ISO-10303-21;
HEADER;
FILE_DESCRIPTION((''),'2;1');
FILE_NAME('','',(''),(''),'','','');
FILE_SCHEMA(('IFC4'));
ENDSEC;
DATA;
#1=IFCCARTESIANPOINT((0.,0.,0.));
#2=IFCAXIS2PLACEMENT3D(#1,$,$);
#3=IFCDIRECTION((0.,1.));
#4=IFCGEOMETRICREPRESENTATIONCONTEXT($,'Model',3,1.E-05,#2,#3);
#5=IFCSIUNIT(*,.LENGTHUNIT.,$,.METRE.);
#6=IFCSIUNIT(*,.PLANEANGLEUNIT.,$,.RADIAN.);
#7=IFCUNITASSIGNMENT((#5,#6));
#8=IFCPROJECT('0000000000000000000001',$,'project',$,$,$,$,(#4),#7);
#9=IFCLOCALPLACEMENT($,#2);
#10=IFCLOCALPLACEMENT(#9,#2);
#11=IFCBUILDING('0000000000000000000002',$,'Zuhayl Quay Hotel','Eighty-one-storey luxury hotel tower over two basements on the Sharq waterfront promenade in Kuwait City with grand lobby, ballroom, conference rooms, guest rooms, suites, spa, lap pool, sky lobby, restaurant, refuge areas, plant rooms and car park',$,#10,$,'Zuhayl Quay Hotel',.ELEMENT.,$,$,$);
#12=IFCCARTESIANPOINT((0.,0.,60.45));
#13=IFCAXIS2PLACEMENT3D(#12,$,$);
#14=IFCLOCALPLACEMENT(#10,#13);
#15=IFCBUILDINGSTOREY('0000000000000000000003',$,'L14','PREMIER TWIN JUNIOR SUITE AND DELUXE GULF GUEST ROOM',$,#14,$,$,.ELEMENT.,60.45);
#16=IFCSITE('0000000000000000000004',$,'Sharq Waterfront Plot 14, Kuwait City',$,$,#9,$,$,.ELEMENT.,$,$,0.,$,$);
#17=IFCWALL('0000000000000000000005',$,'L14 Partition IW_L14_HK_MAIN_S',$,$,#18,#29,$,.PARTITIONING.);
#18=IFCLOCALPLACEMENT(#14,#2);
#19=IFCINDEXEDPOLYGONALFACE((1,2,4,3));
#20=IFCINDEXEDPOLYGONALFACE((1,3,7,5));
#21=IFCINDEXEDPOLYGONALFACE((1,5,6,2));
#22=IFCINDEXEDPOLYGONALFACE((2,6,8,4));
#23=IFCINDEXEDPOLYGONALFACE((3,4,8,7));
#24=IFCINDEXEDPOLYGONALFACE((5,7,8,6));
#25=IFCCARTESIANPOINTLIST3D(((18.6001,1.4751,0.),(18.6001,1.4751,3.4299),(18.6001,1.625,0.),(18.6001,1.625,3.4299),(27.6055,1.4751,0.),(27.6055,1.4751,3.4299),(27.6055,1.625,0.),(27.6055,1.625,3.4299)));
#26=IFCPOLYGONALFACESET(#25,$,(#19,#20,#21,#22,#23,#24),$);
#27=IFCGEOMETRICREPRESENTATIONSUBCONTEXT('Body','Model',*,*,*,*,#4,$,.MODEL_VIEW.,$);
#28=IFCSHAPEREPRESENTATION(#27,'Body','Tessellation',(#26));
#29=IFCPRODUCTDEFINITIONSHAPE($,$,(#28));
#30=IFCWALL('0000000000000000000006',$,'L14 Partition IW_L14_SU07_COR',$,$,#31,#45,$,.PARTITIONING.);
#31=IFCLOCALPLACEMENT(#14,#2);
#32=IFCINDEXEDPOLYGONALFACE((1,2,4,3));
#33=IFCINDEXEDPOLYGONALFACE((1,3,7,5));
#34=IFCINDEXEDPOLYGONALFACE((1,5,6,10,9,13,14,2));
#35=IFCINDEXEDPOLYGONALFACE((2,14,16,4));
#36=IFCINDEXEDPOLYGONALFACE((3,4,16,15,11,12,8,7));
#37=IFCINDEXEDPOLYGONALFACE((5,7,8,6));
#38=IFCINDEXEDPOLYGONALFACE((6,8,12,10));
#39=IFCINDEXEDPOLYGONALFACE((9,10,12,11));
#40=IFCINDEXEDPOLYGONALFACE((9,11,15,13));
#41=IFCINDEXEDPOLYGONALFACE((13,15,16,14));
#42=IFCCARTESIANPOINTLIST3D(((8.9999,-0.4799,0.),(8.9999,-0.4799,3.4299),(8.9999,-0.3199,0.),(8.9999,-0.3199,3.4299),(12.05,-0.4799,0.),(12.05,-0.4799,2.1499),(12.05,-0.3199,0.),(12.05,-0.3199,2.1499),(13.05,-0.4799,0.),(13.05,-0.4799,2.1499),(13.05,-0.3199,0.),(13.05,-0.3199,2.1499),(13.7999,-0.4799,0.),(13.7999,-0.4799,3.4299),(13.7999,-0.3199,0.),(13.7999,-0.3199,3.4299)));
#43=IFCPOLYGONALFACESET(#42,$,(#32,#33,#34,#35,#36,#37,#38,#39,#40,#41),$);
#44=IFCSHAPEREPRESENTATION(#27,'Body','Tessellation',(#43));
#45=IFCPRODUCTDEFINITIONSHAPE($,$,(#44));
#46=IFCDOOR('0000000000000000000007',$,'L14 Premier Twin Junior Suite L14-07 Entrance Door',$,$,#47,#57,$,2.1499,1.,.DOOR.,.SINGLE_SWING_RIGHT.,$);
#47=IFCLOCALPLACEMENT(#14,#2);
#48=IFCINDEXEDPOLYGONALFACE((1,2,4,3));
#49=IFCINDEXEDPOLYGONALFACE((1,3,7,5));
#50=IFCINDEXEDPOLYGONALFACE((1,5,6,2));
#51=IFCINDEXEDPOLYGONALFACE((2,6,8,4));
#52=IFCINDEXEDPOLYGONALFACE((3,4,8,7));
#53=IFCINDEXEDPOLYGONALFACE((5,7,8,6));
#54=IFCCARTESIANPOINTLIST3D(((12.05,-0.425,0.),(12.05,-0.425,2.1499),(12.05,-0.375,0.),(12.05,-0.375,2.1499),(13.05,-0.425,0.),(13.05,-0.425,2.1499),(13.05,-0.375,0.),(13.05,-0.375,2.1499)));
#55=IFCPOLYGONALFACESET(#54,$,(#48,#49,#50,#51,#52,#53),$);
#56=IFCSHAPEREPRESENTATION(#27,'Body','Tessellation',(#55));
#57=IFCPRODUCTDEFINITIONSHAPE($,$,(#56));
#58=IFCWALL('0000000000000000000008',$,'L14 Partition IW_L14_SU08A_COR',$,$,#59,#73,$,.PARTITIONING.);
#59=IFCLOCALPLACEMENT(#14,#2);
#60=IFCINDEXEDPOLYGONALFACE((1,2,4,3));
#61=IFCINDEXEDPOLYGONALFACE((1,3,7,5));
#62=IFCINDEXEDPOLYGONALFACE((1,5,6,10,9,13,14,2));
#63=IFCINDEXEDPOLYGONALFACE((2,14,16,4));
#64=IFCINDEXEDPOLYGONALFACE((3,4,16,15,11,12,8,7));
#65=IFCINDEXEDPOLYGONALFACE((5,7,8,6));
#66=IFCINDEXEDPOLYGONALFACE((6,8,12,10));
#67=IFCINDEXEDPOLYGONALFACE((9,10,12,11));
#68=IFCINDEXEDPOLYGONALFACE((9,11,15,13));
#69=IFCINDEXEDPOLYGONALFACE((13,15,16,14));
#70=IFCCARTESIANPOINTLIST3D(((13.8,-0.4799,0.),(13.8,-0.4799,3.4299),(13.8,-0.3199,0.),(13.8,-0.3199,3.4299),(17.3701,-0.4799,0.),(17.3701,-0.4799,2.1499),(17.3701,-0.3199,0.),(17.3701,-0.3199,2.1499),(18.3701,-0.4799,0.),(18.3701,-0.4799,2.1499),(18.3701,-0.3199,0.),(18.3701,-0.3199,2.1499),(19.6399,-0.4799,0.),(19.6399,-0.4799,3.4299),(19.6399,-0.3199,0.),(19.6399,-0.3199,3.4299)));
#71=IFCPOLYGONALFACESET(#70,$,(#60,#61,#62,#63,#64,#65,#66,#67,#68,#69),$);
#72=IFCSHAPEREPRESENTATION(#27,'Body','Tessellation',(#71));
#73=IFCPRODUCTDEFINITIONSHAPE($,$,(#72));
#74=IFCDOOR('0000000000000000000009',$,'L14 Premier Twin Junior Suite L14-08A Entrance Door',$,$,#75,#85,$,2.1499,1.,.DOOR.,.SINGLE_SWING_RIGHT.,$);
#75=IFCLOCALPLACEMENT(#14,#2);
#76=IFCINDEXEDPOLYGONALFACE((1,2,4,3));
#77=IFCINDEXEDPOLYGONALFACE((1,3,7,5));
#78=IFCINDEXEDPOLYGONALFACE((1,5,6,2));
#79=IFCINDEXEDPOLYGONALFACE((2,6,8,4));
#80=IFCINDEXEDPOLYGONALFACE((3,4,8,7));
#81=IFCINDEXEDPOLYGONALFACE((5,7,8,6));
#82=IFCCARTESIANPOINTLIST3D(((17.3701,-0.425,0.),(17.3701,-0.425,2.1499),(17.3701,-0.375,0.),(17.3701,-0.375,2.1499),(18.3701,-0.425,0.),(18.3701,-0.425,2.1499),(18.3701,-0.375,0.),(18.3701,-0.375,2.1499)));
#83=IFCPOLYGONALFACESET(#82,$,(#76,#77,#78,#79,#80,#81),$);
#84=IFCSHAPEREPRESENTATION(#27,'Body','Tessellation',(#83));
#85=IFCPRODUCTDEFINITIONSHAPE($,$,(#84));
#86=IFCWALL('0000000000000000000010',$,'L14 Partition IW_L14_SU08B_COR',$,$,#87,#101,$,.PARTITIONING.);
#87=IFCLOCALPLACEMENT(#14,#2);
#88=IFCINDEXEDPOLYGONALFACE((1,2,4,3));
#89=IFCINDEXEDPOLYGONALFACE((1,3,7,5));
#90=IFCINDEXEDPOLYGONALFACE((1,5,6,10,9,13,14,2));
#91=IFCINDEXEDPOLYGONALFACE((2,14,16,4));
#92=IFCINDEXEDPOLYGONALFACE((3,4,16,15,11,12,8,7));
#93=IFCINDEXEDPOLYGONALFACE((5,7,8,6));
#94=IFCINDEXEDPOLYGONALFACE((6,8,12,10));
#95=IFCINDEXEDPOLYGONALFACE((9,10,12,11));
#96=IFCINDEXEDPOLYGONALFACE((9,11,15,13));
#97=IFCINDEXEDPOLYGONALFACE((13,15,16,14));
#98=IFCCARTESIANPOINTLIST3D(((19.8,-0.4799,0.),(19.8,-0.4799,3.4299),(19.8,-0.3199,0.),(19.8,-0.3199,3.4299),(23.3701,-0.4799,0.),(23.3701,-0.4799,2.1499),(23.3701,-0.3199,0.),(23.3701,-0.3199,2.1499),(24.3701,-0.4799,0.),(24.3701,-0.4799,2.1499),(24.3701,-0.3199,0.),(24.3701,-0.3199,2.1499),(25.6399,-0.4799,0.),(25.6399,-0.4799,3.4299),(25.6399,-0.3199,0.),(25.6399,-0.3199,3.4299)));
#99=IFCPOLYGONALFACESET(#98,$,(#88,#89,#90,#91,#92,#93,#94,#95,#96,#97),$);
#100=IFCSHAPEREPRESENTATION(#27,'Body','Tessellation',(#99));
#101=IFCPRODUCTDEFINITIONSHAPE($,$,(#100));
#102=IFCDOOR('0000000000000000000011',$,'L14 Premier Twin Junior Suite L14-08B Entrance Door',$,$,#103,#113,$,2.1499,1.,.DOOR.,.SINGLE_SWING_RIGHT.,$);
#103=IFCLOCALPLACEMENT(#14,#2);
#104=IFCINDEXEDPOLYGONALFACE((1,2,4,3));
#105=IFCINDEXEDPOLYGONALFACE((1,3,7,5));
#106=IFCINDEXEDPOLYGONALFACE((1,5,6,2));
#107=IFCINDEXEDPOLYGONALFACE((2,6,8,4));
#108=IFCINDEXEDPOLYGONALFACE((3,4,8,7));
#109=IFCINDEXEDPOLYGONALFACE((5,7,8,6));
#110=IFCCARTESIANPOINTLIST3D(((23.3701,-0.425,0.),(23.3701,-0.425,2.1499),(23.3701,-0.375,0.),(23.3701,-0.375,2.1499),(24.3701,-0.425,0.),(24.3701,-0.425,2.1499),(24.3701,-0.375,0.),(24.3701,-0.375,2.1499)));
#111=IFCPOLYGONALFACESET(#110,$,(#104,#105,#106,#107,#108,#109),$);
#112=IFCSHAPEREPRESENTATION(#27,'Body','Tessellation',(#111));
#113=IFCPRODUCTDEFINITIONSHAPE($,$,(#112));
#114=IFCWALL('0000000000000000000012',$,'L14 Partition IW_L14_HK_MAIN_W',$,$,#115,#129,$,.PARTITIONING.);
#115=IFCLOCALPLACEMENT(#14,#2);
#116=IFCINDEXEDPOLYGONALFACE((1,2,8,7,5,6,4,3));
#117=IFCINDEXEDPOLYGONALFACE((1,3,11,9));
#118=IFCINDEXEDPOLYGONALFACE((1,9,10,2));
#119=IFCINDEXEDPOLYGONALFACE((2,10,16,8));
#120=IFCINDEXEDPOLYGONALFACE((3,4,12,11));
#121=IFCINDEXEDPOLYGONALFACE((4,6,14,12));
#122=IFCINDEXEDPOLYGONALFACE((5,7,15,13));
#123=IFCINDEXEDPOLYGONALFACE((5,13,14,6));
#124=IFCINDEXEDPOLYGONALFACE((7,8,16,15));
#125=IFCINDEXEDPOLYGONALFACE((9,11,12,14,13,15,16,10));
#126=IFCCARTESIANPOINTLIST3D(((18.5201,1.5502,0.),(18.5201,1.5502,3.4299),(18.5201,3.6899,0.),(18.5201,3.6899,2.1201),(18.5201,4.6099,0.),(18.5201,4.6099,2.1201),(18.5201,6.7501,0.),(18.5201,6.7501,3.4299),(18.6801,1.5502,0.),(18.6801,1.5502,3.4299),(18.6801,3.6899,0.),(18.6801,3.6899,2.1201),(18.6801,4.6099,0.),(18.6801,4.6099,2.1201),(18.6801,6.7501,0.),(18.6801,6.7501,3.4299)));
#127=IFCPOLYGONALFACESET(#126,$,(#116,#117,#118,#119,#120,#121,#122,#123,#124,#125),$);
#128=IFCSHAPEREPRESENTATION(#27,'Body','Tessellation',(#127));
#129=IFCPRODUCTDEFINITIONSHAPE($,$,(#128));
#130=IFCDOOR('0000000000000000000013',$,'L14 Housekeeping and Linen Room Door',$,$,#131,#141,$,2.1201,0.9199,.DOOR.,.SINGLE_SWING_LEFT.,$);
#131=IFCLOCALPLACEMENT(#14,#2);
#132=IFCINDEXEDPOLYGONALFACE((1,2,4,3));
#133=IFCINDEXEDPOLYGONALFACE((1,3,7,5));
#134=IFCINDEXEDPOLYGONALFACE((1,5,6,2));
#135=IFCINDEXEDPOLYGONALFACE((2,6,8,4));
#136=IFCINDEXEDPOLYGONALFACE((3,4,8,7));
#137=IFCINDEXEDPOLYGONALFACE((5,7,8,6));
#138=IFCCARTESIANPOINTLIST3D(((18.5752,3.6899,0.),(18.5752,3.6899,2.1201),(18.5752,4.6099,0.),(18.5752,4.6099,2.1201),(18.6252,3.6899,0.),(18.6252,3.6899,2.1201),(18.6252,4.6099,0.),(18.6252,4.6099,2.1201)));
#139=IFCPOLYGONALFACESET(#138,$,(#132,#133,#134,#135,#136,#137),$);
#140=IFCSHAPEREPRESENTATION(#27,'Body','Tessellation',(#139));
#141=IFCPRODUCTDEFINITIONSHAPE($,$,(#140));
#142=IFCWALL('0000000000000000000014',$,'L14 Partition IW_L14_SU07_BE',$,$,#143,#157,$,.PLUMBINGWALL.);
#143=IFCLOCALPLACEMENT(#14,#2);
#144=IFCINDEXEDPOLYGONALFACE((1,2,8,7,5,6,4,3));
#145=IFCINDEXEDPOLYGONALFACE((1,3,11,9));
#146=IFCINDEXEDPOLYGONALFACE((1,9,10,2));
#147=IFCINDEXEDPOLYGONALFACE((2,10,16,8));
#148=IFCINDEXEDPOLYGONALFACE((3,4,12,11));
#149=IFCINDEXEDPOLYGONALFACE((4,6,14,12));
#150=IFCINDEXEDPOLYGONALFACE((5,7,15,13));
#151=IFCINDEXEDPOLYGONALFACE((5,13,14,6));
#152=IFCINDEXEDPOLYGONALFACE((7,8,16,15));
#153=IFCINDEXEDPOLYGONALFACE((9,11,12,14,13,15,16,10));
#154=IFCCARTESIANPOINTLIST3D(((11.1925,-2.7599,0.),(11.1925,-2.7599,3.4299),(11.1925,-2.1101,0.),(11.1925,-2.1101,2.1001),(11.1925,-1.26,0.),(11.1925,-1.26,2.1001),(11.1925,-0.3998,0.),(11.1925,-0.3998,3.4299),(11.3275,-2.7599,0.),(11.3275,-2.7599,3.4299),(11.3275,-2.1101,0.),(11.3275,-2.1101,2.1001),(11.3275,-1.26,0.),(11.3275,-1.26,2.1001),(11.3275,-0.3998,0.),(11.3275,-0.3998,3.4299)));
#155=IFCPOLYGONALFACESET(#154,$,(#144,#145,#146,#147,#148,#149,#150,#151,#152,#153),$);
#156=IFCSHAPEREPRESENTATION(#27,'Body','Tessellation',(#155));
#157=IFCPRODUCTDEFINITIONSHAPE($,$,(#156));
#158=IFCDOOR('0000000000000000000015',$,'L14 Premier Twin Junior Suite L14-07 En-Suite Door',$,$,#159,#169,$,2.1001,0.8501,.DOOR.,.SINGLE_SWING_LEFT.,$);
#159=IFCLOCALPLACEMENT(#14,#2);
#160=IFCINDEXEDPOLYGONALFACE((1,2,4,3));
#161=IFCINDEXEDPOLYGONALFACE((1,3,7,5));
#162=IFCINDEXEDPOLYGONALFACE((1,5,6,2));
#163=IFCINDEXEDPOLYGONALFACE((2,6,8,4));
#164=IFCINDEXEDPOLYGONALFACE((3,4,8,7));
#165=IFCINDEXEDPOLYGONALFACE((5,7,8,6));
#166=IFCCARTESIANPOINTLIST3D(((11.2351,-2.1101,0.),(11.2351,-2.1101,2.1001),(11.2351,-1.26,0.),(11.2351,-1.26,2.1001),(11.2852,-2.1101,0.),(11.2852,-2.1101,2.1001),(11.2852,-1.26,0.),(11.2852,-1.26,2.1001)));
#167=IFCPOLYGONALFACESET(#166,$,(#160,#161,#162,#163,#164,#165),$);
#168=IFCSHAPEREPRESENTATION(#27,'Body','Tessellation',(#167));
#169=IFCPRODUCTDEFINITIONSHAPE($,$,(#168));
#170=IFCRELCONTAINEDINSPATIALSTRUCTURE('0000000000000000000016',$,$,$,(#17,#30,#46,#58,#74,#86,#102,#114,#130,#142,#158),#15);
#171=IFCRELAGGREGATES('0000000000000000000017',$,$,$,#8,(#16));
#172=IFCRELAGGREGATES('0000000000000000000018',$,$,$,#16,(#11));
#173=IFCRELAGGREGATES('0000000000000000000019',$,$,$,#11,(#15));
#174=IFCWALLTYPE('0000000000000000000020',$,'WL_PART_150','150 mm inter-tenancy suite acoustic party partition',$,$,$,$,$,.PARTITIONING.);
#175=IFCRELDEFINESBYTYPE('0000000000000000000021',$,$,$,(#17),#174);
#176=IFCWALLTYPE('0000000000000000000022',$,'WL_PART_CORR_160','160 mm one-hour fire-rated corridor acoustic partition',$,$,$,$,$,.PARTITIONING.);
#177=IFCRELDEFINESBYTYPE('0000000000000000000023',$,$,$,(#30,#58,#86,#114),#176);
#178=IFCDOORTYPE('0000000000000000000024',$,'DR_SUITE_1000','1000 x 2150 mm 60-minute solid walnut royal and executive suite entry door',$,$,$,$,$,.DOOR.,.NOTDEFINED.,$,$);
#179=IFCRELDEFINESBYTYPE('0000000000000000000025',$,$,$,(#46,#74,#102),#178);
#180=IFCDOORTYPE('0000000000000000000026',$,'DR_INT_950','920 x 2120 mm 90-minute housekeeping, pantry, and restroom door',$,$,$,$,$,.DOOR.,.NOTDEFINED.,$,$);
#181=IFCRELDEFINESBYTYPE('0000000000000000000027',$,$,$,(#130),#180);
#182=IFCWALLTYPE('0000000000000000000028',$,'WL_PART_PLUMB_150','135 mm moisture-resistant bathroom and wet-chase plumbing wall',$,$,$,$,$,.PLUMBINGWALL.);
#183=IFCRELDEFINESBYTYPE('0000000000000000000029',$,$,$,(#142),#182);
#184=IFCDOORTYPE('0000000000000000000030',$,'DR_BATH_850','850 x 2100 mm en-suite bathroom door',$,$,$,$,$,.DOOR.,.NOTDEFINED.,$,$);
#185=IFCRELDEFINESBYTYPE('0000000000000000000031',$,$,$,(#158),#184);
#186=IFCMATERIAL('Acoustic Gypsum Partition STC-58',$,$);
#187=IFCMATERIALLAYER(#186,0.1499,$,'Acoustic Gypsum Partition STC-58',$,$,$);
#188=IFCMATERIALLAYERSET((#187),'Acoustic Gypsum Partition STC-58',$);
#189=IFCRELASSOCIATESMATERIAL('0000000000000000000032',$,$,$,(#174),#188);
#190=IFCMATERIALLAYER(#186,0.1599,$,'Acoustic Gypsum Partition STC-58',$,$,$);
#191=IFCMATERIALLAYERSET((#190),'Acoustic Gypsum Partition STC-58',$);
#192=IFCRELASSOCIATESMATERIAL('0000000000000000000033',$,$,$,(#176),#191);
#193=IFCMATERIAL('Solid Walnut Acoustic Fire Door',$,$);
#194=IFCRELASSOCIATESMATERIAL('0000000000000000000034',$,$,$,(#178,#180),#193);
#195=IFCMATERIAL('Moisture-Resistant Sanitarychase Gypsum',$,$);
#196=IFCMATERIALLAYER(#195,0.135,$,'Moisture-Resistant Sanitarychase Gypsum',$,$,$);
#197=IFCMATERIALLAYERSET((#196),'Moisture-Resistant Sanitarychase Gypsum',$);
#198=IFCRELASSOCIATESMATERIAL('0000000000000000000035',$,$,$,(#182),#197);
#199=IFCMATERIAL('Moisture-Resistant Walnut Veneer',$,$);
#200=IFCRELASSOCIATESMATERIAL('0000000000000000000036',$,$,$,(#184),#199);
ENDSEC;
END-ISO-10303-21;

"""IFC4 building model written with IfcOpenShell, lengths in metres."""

from ifc_helpers import new_model, si_unit, direction, frame, frame_2d, origin, place, context, subcontext, project, spatial, rectangle, extrude, material, layer, layer_set, type_object, element, fill, save


model = new_model("IFC4")

# Units and contexts
model_context = context("Model", 3, precision=1e-05, world=origin(), true_north=direction((0.0, 1.0)))
body_context = subcontext(model_context, "Body", "Model", "MODEL_VIEW")
ifc_project = project(units=[si_unit("LENGTHUNIT", "METRE"), si_unit("PLANEANGLEUNIT", "RADIAN")], contexts=[model_context])

# Site, building, storey
site_placement = place(None, origin())
site = spatial("IfcSite", under=ifc_project, at=site_placement, Name="Sharq Waterfront Plot 14, Kuwait City", CompositionType="ELEMENT", RefElevation=0.0)
building_placement = place(site_placement, origin())
building = spatial("IfcBuilding", under=site, at=building_placement, Name="Zuhayl Quay Hotel", Description="Eighty-one-storey luxury hotel tower over two basements on the Sharq waterfront promenade in Kuwait City with grand lobby, ballroom, conference rooms, guest rooms, suites, spa, lap pool, sky lobby, restaurant, refuge areas, plant rooms and car park", LongName="Zuhayl Quay Hotel", CompositionType="ELEMENT")
storey_placement = place(building_placement, frame((0.0, 0.0, 60.45)))
storey = spatial("IfcBuildingStorey", under=building, at=storey_placement, Name="L14", Description="PREMIER TWIN JUNIOR SUITE AND DELUXE GULF GUEST ROOM", CompositionType="ELEMENT", Elevation=60.45)

# Wall
ifc_material_1 = material(Name="Acoustic Gypsum Partition STC-58")
ifc_layer_1 = layer(ifc_material_1, 0.1499, Name="Acoustic Gypsum Partition STC-58")
ifc_layer_set_1 = layer_set([ifc_layer_1], Name="Acoustic Gypsum Partition STC-58")
wall_type_1 = type_object("IfcWallType", Name="WL_PART_150", Description="150 mm inter-tenancy suite acoustic party partition", PredefinedType="PARTITIONING", material=ifc_layer_set_1)
wall_1_placement = place(storey_placement, frame((18.6001, 1.55, 0.0), z_axis=(0.0, 0.0, 1.0), x_axis=(1.0, 0.0, 0.0)))
element("IfcWall", 1, at=wall_1_placement, inside=storey, type_object=wall_type_1, Name="L14 Partition IW_L14_HK_MAIN_S", PredefinedType="PARTITIONING", context=body_context, shape_type="SweptSolid", body=[
    extrude(rectangle(XDim=9.0054, YDim=0.1499, at=frame_2d((4.5027, 0.0))), origin(), (0.0, 0.0, 1.0), 3.4299),
])

# Walls, openings, doors
ifc_layer_2 = layer(ifc_material_1, 0.1599, Name="Acoustic Gypsum Partition STC-58")
ifc_layer_set_2 = layer_set([ifc_layer_2], Name="Acoustic Gypsum Partition STC-58")
wall_type_2 = type_object("IfcWallType", Name="WL_PART_CORR_160", Description="160 mm one-hour fire-rated corridor acoustic partition", PredefinedType="PARTITIONING", material=ifc_layer_set_2)
wall_2_placement = place(storey_placement, frame((9.0, -0.3999, 0.0), z_axis=(0.0, 0.0, 1.0), x_axis=(1.0, 0.0, 0.0)))
wall_2 = element("IfcWall", 2, at=wall_2_placement, inside=storey, type_object=wall_type_2, Name="L14 Partition IW_L14_SU07_COR", PredefinedType="PARTITIONING", context=body_context, shape_type="SweptSolid", body=[
    extrude(rectangle(XDim=4.8, YDim=0.1599, at=frame_2d((2.3999, 0.0))), origin(), (0.0, 0.0, 1.0), 3.4299),
])
opening_1_placement = place(wall_2_placement, frame((3.05, 0.0, 0.0)))
opening_1 = element("IfcOpeningElement", 3, at=opening_1_placement, cuts=wall_2, PredefinedType="OPENING", context=body_context, shape_type="SweptSolid", body=[
    extrude(rectangle(XDim=1.0, YDim=2.1499, at=frame_2d((0.5, 1.075))), frame((0.0, 0.0898, 0.0), z_axis=(0.0, -1.0, 0.0), x_axis=(1.0, 0.0, 0.0)), (0.0, 0.0, 1.0), 0.1799),
])
ifc_material_2 = material(Name="Solid Walnut Acoustic Fire Door")
door_type_1 = type_object("IfcDoorType", Name="DR_SUITE_1000", Description="1000 x 2150 mm 60-minute solid walnut royal and executive suite entry door", OperationType="NOTDEFINED", PredefinedType="DOOR", material=ifc_material_2)
door_1_placement = place(opening_1_placement, origin())
door_1 = element("IfcDoor", 4, at=door_1_placement, inside=storey, type_object=door_type_1, Name="L14 Premier Twin Junior Suite L14-07 Entrance Door", OperationType="SINGLE_SWING_RIGHT", OverallHeight=2.1499, OverallWidth=1.0, PredefinedType="DOOR", context=body_context, shape_type="SweptSolid", body=[
    extrude(rectangle(XDim=1.0, YDim=2.1499, at=frame_2d((0.5, 1.075))), frame((0.0, 0.0249, 0.0), z_axis=(0.0, -1.0, 0.0), x_axis=(1.0, 0.0, 0.0)), (0.0, 0.0, 1.0), 0.05),
])
fill(opening_1, door_1)
wall_3_placement = place(storey_placement, frame((13.8, -0.3999, 0.0), z_axis=(0.0, 0.0, 1.0), x_axis=(1.0, 0.0, 0.0)))
wall_3 = element("IfcWall", 5, at=wall_3_placement, inside=storey, type_object=wall_type_2, Name="L14 Partition IW_L14_SU08A_COR", PredefinedType="PARTITIONING", context=body_context, shape_type="SweptSolid", body=[
    extrude(rectangle(XDim=5.8398, YDim=0.1599, at=frame_2d((2.9199, 0.0))), origin(), (0.0, 0.0, 1.0), 3.4299),
])
opening_2_placement = place(wall_3_placement, frame((3.5701, 0.0, 0.0)))
opening_2 = element("IfcOpeningElement", 6, at=opening_2_placement, cuts=wall_3, PredefinedType="OPENING", context=body_context, shape_type="SweptSolid", body=[
    extrude(rectangle(XDim=1.0, YDim=2.1499, at=frame_2d((0.5, 1.075))), frame((0.0, 0.0898, 0.0), z_axis=(0.0, -1.0, 0.0), x_axis=(1.0, 0.0, 0.0)), (0.0, 0.0, 1.0), 0.1799),
])
door_2_placement = place(opening_2_placement, origin())
door_2 = element("IfcDoor", 7, at=door_2_placement, inside=storey, type_object=door_type_1, Name="L14 Premier Twin Junior Suite L14-08A Entrance Door", OperationType="SINGLE_SWING_RIGHT", OverallHeight=2.1499, OverallWidth=1.0, PredefinedType="DOOR", context=body_context, shape_type="SweptSolid", body=[
    extrude(rectangle(XDim=1.0, YDim=2.1499, at=frame_2d((0.5, 1.075))), frame((0.0, 0.0249, 0.0), z_axis=(0.0, -1.0, 0.0), x_axis=(1.0, 0.0, 0.0)), (0.0, 0.0, 1.0), 0.05),
])
fill(opening_2, door_2)
wall_4_placement = place(storey_placement, frame((19.8, -0.3999, 0.0), z_axis=(0.0, 0.0, 1.0), x_axis=(1.0, 0.0, 0.0)))
wall_4 = element("IfcWall", 8, at=wall_4_placement, inside=storey, type_object=wall_type_2, Name="L14 Partition IW_L14_SU08B_COR", PredefinedType="PARTITIONING", context=body_context, shape_type="SweptSolid", body=[
    extrude(rectangle(XDim=5.8398, YDim=0.1599, at=frame_2d((2.9199, 0.0))), origin(), (0.0, 0.0, 1.0), 3.4299),
])
opening_3_placement = place(wall_4_placement, frame((3.5701, 0.0, 0.0)))
opening_3 = element("IfcOpeningElement", 9, at=opening_3_placement, cuts=wall_4, PredefinedType="OPENING", context=body_context, shape_type="SweptSolid", body=[
    extrude(rectangle(XDim=1.0, YDim=2.1499, at=frame_2d((0.5, 1.075))), frame((0.0, 0.0898, 0.0), z_axis=(0.0, -1.0, 0.0), x_axis=(1.0, 0.0, 0.0)), (0.0, 0.0, 1.0), 0.1799),
])
door_3_placement = place(opening_3_placement, origin())
door_3 = element("IfcDoor", 10, at=door_3_placement, inside=storey, type_object=door_type_1, Name="L14 Premier Twin Junior Suite L14-08B Entrance Door", OperationType="SINGLE_SWING_RIGHT", OverallHeight=2.1499, OverallWidth=1.0, PredefinedType="DOOR", context=body_context, shape_type="SweptSolid", body=[
    extrude(rectangle(XDim=1.0, YDim=2.1499, at=frame_2d((0.5, 1.075))), frame((0.0, 0.0249, 0.0), z_axis=(0.0, -1.0, 0.0), x_axis=(1.0, 0.0, 0.0)), (0.0, 0.0, 1.0), 0.05),
])
fill(opening_3, door_3)
wall_5_placement = place(storey_placement, frame((18.6001, 1.55, 0.0), z_axis=(0.0, 0.0, 1.0), x_axis=(0.0, 1.0, 0.0)))
wall_5 = element("IfcWall", 11, at=wall_5_placement, inside=storey, type_object=wall_type_2, Name="L14 Partition IW_L14_HK_MAIN_W", PredefinedType="PARTITIONING", context=body_context, shape_type="SweptSolid", body=[
    extrude(rectangle(XDim=5.2, YDim=0.1599, at=frame_2d((2.6001, 0.0))), origin(), (0.0, 0.0, 1.0), 3.4299),
])
opening_4_placement = place(wall_5_placement, frame((2.1399, 0.0, 0.0)))
opening_4 = element("IfcOpeningElement", 12, at=opening_4_placement, cuts=wall_5, PredefinedType="OPENING", context=body_context, shape_type="SweptSolid", body=[
    extrude(rectangle(XDim=0.9199, YDim=2.1201, at=frame_2d((0.46, 1.0601))), frame((0.0, 0.0898, 0.0), z_axis=(0.0, -1.0, 0.0), x_axis=(1.0, 0.0, 0.0)), (0.0, 0.0, 1.0), 0.1799),
])
door_type_2 = type_object("IfcDoorType", Name="DR_INT_950", Description="920 x 2120 mm 90-minute housekeeping, pantry, and restroom door", OperationType="NOTDEFINED", PredefinedType="DOOR", material=ifc_material_2)
door_4_placement = place(opening_4_placement, origin())
door_4 = element("IfcDoor", 13, at=door_4_placement, inside=storey, type_object=door_type_2, Name="L14 Housekeeping and Linen Room Door", OperationType="SINGLE_SWING_LEFT", OverallHeight=2.1201, OverallWidth=0.9199, PredefinedType="DOOR", context=body_context, shape_type="SweptSolid", body=[
    extrude(rectangle(XDim=0.9199, YDim=2.1201, at=frame_2d((0.46, 1.0601))), frame((0.0, 0.0249, 0.0), z_axis=(0.0, -1.0, 0.0), x_axis=(1.0, 0.0, 0.0)), (0.0, 0.0, 1.0), 0.05),
])
fill(opening_4, door_4)
ifc_material_3 = material(Name="Moisture-Resistant Sanitarychase Gypsum")
ifc_layer_3 = layer(ifc_material_3, 0.135, Name="Moisture-Resistant Sanitarychase Gypsum")
ifc_layer_set_3 = layer_set([ifc_layer_3], Name="Moisture-Resistant Sanitarychase Gypsum")
wall_type_3 = type_object("IfcWallType", Name="WL_PART_PLUMB_150", Description="135 mm moisture-resistant bathroom and wet-chase plumbing wall", PredefinedType="PLUMBINGWALL", material=ifc_layer_set_3)
wall_6_placement = place(storey_placement, frame((11.26, -2.76, 0.0), z_axis=(0.0, 0.0, 1.0), x_axis=(0.0, 1.0, 0.0)))
wall_6 = element("IfcWall", 14, at=wall_6_placement, inside=storey, type_object=wall_type_3, Name="L14 Partition IW_L14_SU07_BE", PredefinedType="PLUMBINGWALL", context=body_context, shape_type="SweptSolid", body=[
    extrude(rectangle(XDim=2.3601, YDim=0.135, at=frame_2d((1.1802, 0.0))), origin(), (0.0, 0.0, 1.0), 3.4299),
])
opening_5_placement = place(wall_6_placement, frame((0.6499, 0.0, 0.0)))
opening_5 = element("IfcOpeningElement", 15, at=opening_5_placement, cuts=wall_6, PredefinedType="OPENING", context=body_context, shape_type="SweptSolid", body=[
    extrude(rectangle(XDim=0.8501, YDim=2.1001, at=frame_2d((0.425, 1.05))), frame((0.0, 0.0774, 0.0), z_axis=(0.0, -1.0, 0.0), x_axis=(1.0, 0.0, 0.0)), (0.0, 0.0, 1.0), 0.155),
])
ifc_material_4 = material(Name="Moisture-Resistant Walnut Veneer")
door_type_3 = type_object("IfcDoorType", Name="DR_BATH_850", Description="850 x 2100 mm en-suite bathroom door", OperationType="NOTDEFINED", PredefinedType="DOOR", material=ifc_material_4)
door_5_placement = place(opening_5_placement, origin())
door_5 = element("IfcDoor", 16, at=door_5_placement, inside=storey, type_object=door_type_3, Name="L14 Premier Twin Junior Suite L14-07 En-Suite Door", OperationType="SINGLE_SWING_LEFT", OverallHeight=2.1001, OverallWidth=0.8501, PredefinedType="DOOR", context=body_context, shape_type="SweptSolid", body=[
    extrude(rectangle(XDim=0.8501, YDim=2.1001, at=frame_2d((0.425, 1.05))), frame((0.0, 0.0249, 0.0), z_axis=(0.0, -1.0, 0.0), x_axis=(1.0, 0.0, 0.0)), (0.0, 0.0, 1.0), 0.05),
])
fill(opening_5, door_5)

save(model, "model.ifc")
